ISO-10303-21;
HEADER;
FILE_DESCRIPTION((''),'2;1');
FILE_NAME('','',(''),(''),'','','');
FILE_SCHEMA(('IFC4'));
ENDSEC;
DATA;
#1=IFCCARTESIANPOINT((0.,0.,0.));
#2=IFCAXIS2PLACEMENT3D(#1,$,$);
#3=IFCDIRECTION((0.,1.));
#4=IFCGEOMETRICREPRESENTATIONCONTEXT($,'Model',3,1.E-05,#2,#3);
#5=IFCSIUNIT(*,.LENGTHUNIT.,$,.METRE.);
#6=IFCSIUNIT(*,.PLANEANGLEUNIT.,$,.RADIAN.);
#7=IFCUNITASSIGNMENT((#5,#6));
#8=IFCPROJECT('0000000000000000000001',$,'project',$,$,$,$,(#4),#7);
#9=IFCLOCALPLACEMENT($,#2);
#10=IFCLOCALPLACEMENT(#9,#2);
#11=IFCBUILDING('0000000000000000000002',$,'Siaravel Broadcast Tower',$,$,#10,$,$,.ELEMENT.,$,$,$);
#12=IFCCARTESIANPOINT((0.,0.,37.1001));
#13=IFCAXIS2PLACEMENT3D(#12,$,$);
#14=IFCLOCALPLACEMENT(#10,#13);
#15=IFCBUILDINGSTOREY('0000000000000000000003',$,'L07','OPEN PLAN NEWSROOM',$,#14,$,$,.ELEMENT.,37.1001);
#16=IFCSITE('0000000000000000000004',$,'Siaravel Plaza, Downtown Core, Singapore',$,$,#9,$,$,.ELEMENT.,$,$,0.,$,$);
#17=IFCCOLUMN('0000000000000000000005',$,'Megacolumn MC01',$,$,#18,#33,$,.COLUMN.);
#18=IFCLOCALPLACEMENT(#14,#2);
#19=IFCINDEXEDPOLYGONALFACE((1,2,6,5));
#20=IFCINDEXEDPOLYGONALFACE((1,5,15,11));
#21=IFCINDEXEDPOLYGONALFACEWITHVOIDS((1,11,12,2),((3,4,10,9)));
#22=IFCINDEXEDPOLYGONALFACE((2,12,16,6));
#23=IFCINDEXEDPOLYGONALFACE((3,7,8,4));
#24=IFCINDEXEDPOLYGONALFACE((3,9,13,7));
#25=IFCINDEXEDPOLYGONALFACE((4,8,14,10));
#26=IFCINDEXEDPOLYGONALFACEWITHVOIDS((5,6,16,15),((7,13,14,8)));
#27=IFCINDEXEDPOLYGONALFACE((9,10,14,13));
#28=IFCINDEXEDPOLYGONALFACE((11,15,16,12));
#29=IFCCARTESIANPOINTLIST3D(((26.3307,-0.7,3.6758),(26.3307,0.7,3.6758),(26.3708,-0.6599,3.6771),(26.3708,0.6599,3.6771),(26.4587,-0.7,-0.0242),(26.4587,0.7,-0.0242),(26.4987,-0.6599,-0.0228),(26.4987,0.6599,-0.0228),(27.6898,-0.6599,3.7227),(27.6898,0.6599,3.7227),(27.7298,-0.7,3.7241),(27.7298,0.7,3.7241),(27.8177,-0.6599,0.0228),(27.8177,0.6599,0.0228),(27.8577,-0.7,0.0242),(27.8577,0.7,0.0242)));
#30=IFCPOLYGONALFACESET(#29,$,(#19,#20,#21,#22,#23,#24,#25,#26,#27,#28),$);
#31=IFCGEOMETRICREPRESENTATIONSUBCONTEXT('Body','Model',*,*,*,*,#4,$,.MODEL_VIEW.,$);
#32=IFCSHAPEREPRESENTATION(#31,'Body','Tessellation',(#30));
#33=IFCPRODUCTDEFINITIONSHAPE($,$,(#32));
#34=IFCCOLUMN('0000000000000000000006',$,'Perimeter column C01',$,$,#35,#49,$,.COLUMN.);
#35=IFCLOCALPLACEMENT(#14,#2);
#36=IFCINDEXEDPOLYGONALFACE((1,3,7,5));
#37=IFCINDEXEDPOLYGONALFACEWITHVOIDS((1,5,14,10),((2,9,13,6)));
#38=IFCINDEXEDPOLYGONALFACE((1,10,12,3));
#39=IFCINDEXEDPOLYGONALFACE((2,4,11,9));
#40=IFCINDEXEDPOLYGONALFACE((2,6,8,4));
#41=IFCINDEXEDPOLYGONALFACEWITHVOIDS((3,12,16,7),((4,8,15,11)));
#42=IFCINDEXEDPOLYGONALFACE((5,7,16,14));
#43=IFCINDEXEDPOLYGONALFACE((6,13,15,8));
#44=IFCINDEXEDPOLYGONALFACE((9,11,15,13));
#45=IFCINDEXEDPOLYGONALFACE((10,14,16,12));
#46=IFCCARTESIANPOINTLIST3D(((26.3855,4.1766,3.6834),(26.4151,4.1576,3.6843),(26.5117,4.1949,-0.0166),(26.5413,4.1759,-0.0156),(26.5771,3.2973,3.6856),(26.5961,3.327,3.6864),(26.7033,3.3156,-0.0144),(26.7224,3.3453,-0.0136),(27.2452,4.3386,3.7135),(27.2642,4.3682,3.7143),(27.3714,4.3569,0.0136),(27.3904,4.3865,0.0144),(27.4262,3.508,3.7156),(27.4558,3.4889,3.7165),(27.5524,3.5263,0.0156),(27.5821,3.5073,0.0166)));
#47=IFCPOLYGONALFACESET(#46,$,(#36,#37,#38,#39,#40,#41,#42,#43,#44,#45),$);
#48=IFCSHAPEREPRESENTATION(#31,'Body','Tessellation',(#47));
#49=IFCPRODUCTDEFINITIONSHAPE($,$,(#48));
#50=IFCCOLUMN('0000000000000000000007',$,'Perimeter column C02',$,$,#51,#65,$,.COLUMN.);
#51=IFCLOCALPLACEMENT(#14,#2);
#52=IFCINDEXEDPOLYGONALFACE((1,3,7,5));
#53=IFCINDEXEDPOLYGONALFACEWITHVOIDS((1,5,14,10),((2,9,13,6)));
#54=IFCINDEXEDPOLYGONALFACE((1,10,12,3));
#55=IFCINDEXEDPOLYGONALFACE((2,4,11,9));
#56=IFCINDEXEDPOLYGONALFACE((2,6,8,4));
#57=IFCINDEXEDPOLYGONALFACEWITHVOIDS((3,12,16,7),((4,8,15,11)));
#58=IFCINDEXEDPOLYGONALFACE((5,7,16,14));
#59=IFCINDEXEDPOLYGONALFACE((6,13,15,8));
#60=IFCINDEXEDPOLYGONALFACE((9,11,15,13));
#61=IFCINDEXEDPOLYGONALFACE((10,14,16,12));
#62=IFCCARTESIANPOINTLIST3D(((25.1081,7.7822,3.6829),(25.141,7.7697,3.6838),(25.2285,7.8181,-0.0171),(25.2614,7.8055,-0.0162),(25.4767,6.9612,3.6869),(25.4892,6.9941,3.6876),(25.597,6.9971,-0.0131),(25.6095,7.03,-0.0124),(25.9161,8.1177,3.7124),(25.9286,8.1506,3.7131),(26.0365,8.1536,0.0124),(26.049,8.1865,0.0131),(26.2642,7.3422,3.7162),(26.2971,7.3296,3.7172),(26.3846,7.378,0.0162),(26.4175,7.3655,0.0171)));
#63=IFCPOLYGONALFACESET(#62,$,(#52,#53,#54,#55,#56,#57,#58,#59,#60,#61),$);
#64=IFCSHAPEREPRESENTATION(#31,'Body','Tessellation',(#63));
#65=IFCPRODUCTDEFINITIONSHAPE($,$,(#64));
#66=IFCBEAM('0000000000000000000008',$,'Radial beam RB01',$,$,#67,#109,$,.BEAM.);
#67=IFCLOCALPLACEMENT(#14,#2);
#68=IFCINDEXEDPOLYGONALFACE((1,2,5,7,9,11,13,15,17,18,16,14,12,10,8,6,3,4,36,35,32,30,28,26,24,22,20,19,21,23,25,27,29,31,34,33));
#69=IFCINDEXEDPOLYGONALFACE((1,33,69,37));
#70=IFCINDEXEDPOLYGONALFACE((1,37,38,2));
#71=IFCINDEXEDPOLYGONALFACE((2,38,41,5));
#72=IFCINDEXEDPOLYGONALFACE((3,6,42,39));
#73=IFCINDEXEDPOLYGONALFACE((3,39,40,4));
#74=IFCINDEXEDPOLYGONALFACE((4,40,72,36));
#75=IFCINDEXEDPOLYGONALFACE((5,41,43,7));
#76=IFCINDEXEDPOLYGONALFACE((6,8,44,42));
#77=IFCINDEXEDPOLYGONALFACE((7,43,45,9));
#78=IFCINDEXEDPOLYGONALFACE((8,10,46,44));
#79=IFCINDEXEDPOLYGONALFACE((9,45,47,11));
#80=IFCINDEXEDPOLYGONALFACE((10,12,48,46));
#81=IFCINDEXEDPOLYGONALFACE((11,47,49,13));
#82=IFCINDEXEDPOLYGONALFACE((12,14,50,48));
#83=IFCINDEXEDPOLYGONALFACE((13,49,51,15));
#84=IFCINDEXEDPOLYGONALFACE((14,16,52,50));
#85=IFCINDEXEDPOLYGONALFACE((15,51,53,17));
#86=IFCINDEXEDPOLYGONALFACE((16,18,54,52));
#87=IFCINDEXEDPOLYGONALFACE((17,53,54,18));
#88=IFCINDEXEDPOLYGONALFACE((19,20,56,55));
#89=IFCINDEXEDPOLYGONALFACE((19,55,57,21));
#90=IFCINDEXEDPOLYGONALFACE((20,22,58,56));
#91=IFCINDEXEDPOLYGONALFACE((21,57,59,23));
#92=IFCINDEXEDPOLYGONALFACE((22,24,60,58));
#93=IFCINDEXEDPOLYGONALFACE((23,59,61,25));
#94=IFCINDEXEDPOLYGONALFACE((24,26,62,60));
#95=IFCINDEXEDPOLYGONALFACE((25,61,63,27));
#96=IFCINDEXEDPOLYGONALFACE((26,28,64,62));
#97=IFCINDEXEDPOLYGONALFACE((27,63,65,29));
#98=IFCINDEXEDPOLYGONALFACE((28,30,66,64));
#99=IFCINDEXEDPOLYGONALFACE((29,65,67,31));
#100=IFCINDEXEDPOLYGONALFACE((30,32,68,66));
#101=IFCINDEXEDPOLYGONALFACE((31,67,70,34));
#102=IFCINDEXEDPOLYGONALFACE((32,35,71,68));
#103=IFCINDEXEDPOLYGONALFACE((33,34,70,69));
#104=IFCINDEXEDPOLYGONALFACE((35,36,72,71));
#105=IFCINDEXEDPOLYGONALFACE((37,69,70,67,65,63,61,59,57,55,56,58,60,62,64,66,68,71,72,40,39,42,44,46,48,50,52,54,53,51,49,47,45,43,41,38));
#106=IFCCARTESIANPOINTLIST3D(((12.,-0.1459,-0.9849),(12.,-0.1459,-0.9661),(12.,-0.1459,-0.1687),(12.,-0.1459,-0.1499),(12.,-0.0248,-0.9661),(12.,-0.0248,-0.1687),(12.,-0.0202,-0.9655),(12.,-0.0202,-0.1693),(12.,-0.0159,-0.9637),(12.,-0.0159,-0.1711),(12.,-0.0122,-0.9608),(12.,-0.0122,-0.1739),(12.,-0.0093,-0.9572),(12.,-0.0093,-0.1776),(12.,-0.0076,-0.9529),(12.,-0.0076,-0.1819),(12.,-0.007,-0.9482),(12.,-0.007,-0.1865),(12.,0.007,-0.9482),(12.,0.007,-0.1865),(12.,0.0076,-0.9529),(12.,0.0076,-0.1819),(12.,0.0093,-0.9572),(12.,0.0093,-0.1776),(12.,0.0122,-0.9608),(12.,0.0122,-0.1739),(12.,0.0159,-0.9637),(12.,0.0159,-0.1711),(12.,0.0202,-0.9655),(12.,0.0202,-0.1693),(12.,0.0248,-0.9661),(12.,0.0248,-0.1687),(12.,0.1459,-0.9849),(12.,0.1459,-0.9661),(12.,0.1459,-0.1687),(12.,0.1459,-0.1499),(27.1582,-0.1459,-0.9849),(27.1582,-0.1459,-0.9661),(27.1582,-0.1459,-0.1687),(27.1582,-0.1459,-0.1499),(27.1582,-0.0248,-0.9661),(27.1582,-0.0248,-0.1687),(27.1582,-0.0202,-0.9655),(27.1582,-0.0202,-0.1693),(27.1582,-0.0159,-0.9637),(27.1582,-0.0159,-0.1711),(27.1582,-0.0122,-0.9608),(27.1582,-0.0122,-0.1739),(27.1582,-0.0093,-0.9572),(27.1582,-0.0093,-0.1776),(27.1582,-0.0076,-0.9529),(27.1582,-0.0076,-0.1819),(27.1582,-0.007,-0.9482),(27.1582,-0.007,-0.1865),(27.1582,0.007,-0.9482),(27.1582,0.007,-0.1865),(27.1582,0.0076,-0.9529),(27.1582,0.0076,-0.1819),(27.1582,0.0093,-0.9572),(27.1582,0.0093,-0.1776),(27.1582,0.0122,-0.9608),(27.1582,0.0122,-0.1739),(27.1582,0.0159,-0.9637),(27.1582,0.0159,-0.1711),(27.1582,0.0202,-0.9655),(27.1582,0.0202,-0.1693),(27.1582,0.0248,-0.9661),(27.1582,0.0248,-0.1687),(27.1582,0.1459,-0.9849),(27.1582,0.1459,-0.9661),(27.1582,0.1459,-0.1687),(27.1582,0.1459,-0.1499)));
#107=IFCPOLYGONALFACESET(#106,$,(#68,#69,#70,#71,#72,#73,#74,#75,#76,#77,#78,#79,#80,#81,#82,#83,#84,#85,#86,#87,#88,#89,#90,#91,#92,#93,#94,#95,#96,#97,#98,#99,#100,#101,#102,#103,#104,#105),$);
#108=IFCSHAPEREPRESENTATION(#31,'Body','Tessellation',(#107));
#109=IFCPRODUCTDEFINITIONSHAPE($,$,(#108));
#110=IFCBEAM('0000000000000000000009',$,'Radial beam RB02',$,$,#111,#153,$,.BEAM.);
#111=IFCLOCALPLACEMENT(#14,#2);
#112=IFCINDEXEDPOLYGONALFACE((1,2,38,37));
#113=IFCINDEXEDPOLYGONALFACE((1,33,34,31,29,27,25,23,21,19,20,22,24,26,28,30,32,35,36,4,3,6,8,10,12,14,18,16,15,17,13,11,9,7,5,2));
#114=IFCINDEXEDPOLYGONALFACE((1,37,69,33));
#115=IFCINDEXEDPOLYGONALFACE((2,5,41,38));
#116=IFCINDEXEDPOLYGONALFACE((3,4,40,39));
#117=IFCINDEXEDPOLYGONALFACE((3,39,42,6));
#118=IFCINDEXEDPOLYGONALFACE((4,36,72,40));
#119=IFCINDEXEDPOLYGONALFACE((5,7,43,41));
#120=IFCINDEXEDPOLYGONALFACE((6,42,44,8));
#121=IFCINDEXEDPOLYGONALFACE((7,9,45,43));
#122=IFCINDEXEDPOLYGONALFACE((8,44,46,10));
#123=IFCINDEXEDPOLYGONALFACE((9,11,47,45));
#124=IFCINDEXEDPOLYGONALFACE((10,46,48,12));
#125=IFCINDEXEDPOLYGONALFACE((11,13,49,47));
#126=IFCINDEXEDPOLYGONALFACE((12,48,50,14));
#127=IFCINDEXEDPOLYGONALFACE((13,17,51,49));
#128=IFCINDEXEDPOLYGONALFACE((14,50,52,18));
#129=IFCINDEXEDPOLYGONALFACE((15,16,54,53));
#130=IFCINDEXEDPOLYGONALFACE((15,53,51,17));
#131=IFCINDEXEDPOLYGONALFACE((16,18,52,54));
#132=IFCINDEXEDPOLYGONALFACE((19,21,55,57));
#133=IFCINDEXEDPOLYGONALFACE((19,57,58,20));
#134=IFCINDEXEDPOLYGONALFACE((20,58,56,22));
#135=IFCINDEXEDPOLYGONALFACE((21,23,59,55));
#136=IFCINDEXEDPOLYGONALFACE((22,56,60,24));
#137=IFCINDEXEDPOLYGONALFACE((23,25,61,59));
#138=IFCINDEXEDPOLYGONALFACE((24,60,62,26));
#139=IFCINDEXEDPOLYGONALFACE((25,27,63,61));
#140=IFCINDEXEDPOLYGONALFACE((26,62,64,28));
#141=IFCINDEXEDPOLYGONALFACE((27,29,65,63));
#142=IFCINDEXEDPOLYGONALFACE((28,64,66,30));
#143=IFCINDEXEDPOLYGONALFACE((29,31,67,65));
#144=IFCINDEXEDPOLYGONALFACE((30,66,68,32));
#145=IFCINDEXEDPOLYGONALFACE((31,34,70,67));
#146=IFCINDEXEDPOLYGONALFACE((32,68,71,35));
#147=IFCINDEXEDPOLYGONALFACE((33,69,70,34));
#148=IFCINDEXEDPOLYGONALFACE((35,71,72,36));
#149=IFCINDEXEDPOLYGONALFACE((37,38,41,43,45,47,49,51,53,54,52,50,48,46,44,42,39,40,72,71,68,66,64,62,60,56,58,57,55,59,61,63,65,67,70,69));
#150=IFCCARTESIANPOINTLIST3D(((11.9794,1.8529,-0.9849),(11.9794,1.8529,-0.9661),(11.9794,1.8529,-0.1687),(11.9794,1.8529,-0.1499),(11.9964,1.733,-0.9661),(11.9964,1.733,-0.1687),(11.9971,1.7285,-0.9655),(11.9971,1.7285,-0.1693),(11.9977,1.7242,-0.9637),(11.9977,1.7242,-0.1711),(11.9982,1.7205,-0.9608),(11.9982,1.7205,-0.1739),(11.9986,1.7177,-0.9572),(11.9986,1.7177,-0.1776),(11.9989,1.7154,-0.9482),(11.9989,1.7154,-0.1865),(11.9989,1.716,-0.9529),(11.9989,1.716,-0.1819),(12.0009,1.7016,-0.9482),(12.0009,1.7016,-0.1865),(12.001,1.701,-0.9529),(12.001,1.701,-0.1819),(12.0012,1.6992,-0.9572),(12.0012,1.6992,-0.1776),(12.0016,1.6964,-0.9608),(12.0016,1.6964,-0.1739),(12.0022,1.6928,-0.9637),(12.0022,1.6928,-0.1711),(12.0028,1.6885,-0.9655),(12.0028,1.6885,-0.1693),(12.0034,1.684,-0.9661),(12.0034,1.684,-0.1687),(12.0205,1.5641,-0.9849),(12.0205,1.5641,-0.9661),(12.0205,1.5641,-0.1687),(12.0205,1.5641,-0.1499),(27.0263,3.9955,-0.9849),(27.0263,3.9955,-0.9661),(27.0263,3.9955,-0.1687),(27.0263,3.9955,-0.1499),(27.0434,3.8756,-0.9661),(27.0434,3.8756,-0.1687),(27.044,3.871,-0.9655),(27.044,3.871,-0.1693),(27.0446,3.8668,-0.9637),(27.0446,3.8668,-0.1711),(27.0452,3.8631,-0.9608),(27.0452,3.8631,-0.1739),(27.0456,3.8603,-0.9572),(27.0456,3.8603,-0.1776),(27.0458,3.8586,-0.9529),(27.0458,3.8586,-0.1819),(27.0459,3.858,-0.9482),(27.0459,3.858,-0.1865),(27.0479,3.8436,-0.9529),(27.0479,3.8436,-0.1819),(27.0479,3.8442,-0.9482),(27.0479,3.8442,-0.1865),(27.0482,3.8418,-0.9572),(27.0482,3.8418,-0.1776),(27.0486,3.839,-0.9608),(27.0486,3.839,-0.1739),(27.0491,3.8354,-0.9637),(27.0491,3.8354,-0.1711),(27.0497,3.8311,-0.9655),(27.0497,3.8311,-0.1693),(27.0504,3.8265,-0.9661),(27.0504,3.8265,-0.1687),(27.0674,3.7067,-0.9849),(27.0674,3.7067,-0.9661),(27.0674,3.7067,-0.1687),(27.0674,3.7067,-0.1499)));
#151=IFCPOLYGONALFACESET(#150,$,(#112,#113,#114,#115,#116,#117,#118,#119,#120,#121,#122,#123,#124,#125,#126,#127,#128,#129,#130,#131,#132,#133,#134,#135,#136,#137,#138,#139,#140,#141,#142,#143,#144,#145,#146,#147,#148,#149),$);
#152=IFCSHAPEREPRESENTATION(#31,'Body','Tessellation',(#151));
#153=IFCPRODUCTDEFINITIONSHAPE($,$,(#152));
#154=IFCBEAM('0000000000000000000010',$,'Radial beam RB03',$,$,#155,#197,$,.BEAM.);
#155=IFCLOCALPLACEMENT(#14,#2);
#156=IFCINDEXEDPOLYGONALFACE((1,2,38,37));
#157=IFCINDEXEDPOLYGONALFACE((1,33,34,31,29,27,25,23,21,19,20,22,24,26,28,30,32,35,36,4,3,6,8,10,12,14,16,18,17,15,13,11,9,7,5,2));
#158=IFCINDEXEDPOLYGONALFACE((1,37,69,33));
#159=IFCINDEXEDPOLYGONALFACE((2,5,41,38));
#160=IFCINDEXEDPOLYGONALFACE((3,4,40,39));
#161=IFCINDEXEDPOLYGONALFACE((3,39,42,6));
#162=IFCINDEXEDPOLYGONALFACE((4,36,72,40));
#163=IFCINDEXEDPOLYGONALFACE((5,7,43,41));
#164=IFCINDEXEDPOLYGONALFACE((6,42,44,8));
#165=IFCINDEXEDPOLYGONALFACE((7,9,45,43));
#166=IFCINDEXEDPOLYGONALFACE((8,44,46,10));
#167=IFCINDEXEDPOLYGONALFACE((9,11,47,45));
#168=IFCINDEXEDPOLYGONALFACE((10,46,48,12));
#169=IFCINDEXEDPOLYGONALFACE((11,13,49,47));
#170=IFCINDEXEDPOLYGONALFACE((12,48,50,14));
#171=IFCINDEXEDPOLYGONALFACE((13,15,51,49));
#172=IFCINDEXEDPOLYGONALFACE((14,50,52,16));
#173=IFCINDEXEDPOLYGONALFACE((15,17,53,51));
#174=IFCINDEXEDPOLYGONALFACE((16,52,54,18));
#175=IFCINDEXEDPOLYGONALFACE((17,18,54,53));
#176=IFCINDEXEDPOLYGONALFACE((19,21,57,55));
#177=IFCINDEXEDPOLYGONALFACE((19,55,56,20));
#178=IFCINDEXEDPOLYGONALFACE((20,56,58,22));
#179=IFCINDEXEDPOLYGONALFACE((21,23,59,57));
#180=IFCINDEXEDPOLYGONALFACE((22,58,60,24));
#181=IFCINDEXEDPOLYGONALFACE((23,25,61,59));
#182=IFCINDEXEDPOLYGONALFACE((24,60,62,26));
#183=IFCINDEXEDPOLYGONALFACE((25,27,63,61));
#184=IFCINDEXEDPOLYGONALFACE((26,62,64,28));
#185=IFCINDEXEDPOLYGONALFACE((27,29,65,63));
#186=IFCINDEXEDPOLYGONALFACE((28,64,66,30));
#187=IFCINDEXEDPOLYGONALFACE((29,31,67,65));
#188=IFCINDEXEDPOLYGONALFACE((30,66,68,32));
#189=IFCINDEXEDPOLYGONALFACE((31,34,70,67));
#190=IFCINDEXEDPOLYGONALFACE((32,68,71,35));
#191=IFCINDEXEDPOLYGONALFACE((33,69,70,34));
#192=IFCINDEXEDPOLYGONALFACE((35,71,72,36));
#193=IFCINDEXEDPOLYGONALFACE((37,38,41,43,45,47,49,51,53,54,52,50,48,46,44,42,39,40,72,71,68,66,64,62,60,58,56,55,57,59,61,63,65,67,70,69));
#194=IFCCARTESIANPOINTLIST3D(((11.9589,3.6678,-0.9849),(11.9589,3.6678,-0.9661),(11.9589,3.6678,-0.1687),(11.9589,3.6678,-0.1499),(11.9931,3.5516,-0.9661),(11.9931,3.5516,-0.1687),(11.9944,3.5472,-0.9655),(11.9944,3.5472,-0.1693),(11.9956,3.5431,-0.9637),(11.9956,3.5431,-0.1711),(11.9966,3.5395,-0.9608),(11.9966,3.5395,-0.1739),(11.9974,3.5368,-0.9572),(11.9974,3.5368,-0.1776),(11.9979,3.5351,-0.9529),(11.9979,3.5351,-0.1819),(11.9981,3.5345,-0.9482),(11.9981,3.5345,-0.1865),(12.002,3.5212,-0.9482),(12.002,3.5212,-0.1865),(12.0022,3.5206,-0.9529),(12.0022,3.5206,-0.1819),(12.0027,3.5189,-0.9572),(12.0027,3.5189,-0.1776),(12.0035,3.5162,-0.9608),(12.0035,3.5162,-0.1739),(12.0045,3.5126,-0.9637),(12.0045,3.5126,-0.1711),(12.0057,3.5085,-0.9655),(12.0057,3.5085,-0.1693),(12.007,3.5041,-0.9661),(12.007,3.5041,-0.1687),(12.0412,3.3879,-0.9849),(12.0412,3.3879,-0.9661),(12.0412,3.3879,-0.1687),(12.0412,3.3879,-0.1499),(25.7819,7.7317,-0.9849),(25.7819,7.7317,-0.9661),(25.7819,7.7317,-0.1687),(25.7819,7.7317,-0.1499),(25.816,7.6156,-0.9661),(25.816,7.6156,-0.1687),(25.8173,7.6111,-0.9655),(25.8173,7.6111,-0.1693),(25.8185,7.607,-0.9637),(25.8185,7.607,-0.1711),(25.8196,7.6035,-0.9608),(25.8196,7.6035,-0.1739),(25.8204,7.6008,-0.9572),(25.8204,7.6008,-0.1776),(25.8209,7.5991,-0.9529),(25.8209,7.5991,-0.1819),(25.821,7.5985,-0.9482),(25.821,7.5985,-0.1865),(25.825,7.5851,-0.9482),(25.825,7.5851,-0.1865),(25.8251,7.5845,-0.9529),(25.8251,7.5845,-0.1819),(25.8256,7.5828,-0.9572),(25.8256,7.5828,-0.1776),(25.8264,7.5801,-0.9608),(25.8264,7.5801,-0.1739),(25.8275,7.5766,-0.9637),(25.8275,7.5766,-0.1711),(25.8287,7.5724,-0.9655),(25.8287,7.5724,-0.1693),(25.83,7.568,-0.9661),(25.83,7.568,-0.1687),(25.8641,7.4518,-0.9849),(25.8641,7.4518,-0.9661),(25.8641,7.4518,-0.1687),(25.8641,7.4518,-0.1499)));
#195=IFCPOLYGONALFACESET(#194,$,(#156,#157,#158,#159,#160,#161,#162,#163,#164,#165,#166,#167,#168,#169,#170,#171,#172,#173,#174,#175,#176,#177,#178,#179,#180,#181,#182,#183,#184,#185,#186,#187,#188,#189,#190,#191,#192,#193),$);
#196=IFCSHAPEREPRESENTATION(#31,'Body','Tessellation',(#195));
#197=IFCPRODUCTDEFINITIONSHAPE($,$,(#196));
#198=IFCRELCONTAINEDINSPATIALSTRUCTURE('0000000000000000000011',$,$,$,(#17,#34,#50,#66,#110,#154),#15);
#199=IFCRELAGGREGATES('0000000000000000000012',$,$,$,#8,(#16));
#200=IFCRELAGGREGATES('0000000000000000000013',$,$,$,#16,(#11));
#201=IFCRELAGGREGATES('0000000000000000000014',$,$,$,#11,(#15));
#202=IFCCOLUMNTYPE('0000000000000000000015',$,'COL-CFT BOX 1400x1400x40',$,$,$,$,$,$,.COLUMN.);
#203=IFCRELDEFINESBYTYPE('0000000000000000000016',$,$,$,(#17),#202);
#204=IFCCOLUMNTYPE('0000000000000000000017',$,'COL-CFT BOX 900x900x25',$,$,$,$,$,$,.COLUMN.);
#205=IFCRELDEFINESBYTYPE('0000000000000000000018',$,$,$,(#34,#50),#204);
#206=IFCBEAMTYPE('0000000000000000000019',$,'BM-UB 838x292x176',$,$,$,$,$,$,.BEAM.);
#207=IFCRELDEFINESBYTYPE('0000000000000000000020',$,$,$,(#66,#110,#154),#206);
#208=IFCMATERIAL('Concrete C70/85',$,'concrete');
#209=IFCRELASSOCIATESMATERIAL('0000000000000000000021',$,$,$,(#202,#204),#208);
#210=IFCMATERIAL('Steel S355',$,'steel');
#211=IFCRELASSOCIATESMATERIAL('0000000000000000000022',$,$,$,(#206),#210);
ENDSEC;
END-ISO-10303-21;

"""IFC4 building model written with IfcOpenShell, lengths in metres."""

from ifc_helpers import new_model, si_unit, direction, frame, origin, origin_2d, place, context, subcontext, project, spatial, hollow_rectangle, i_section, extrude, material, material_profile, profile_set, type_object, element, save


model = new_model("IFC4")

# Units and contexts
model_context = context("Model", 3, precision=1e-05, world=origin(), true_north=direction((0.0, 1.0)))
body_context = subcontext(model_context, "Body", "Model", "MODEL_VIEW")
ifc_project = project(units=[si_unit("LENGTHUNIT", "METRE"), si_unit("PLANEANGLEUNIT", "RADIAN")], contexts=[model_context])

# Site, building, storey
site_placement = place(None, origin())
site = spatial("IfcSite", under=ifc_project, at=site_placement, Name="Siaravel Plaza, Downtown Core, Singapore", CompositionType="ELEMENT", RefElevation=0.0)
building_placement = place(site_placement, origin())
building = spatial("IfcBuilding", under=site, at=building_placement, Name="Siaravel Broadcast Tower", CompositionType="ELEMENT")
storey_placement = place(building_placement, frame((0.0, 0.0, 37.1001)))
storey = spatial("IfcBuildingStorey", under=building, at=storey_placement, Name="L07", Description="OPEN PLAN NEWSROOM", CompositionType="ELEMENT", Elevation=37.1001)

# Columns
ifc_material_1 = material(Name="Concrete C70/85", Category="concrete")
ifc_material_profile_1 = material_profile(ifc_material_1, hollow_rectangle(XDim=1.3999, YDim=1.3999, WallThickness=0.04, at=origin_2d()))
ifc_profile_set_1 = profile_set([ifc_material_profile_1], Name="Concrete C70/85")
column_type_1 = type_object("IfcColumnType", Name="COL-CFT BOX 1400x1400x40", PredefinedType="COLUMN", material=ifc_profile_set_1)
column_placement = place(storey_placement, frame((27.1582, 0.0, 0.0), z_axis=(-0.034555, 0.0, 0.999403), x_axis=(0.0, -1.0, 0.0)))
element("IfcColumn", 1, at=column_placement, inside=storey, type_object=column_type_1, Name="Megacolumn MC01", PredefinedType="COLUMN", context=body_context, shape_type="SweptSolid", body=[
    extrude(hollow_rectangle(XDim=1.3999, YDim=1.3999, WallThickness=0.04, at=origin_2d()), origin(), (0.0, 0.0, 1.0), 3.7021),
])
ifc_material_profile_2 = material_profile(ifc_material_1, hollow_rectangle(XDim=0.8999, YDim=0.8999, WallThickness=0.0249, at=origin_2d()))
ifc_profile_set_2 = profile_set([ifc_material_profile_2], Name="Concrete C70/85")
column_type_2 = type_object("IfcColumnType", Name="COL-CFT BOX 900x900x25", PredefinedType="COLUMN", material=ifc_profile_set_2)
for number, where, z_axis, x_axis, name in (
    (2, (27.0469, 3.8511, 0.0), (-0.034094, -0.004946, 0.999406), (0.212975, -0.977055, 0.00243), "Perimeter column C01"),
    (3, (25.823, 7.5918, 0.0), (-0.032512, -0.009694, 0.999424), (0.409504, -0.912297, 0.004472), "Perimeter column C02"),
):
    element("IfcColumn", number, at=place(storey_placement, frame(where, z_axis=z_axis, x_axis=x_axis)), inside=storey, type_object=column_type_2, Name=name, PredefinedType="COLUMN", context=body_context, shape_type="SweptSolid", body=[
        extrude(hollow_rectangle(XDim=0.8999, YDim=0.8999, WallThickness=0.0249, at=origin_2d()), origin(), (0.0, 0.0, 1.0), 3.7021),
    ])

# Beams
ifc_material_2 = material(Name="Steel S355", Category="steel")
ifc_material_profile_3 = material_profile(ifc_material_2, i_section(OverallWidth=0.2917, OverallDepth=0.835, WebThickness=0.0139, FlangeThickness=0.0188, FilletRadius=0.0178, at=origin_2d()))
ifc_profile_set_3 = profile_set([ifc_material_profile_3], Name="Steel S355")
beam_type = type_object("IfcBeamType", Name="BM-UB 838x292x176", PredefinedType="BEAM", material=ifc_profile_set_3)
beam_1_placement = place(storey_placement, frame((27.1582, 0.0, -0.5674), z_axis=(-1.0, 0.0, 0.0), x_axis=(0.0, -1.0, 0.0)))
element("IfcBeam", 4, at=beam_1_placement, inside=storey, type_object=beam_type, Name="Radial beam RB01", PredefinedType="BEAM", context=body_context, shape_type="SweptSolid", body=[
    extrude(i_section(OverallWidth=0.2917, OverallDepth=0.835, WebThickness=0.0139, FlangeThickness=0.0188, FilletRadius=0.0178, at=origin_2d()), origin(), (0.0, 0.0, 1.0), 15.1582),
])
beam_2_placement = place(storey_placement, frame((27.0469, 3.8511, -0.5674), z_axis=(-0.990014, -0.140972, 0.0), x_axis=(0.140972, -0.990014, 0.0)))
element("IfcBeam", 5, at=beam_2_placement, inside=storey, type_object=beam_type, Name="Radial beam RB02", PredefinedType="BEAM", context=body_context, shape_type="SweptSolid", body=[
    extrude(i_section(OverallWidth=0.2917, OverallDepth=0.835, WebThickness=0.0139, FlangeThickness=0.0188, FilletRadius=0.0178, at=origin_2d()), origin(), (0.0, 0.0, 1.0), 15.1987),
])
beam_3_placement = place(storey_placement, frame((25.823, 7.5918, -0.5674), z_axis=(-0.959396, -0.282063, 0.0), x_axis=(0.282063, -0.959396, 0.0)))
element("IfcBeam", 6, at=beam_3_placement, inside=storey, type_object=beam_type, Name="Radial beam RB03", PredefinedType="BEAM", context=body_context, shape_type="SweptSolid", body=[
    extrude(i_section(OverallWidth=0.2917, OverallDepth=0.835, WebThickness=0.0139, FlangeThickness=0.0188, FilletRadius=0.0178, at=origin_2d()), origin(), (0.0, 0.0, 1.0), 14.408),
])

save(model, "model.ifc")
